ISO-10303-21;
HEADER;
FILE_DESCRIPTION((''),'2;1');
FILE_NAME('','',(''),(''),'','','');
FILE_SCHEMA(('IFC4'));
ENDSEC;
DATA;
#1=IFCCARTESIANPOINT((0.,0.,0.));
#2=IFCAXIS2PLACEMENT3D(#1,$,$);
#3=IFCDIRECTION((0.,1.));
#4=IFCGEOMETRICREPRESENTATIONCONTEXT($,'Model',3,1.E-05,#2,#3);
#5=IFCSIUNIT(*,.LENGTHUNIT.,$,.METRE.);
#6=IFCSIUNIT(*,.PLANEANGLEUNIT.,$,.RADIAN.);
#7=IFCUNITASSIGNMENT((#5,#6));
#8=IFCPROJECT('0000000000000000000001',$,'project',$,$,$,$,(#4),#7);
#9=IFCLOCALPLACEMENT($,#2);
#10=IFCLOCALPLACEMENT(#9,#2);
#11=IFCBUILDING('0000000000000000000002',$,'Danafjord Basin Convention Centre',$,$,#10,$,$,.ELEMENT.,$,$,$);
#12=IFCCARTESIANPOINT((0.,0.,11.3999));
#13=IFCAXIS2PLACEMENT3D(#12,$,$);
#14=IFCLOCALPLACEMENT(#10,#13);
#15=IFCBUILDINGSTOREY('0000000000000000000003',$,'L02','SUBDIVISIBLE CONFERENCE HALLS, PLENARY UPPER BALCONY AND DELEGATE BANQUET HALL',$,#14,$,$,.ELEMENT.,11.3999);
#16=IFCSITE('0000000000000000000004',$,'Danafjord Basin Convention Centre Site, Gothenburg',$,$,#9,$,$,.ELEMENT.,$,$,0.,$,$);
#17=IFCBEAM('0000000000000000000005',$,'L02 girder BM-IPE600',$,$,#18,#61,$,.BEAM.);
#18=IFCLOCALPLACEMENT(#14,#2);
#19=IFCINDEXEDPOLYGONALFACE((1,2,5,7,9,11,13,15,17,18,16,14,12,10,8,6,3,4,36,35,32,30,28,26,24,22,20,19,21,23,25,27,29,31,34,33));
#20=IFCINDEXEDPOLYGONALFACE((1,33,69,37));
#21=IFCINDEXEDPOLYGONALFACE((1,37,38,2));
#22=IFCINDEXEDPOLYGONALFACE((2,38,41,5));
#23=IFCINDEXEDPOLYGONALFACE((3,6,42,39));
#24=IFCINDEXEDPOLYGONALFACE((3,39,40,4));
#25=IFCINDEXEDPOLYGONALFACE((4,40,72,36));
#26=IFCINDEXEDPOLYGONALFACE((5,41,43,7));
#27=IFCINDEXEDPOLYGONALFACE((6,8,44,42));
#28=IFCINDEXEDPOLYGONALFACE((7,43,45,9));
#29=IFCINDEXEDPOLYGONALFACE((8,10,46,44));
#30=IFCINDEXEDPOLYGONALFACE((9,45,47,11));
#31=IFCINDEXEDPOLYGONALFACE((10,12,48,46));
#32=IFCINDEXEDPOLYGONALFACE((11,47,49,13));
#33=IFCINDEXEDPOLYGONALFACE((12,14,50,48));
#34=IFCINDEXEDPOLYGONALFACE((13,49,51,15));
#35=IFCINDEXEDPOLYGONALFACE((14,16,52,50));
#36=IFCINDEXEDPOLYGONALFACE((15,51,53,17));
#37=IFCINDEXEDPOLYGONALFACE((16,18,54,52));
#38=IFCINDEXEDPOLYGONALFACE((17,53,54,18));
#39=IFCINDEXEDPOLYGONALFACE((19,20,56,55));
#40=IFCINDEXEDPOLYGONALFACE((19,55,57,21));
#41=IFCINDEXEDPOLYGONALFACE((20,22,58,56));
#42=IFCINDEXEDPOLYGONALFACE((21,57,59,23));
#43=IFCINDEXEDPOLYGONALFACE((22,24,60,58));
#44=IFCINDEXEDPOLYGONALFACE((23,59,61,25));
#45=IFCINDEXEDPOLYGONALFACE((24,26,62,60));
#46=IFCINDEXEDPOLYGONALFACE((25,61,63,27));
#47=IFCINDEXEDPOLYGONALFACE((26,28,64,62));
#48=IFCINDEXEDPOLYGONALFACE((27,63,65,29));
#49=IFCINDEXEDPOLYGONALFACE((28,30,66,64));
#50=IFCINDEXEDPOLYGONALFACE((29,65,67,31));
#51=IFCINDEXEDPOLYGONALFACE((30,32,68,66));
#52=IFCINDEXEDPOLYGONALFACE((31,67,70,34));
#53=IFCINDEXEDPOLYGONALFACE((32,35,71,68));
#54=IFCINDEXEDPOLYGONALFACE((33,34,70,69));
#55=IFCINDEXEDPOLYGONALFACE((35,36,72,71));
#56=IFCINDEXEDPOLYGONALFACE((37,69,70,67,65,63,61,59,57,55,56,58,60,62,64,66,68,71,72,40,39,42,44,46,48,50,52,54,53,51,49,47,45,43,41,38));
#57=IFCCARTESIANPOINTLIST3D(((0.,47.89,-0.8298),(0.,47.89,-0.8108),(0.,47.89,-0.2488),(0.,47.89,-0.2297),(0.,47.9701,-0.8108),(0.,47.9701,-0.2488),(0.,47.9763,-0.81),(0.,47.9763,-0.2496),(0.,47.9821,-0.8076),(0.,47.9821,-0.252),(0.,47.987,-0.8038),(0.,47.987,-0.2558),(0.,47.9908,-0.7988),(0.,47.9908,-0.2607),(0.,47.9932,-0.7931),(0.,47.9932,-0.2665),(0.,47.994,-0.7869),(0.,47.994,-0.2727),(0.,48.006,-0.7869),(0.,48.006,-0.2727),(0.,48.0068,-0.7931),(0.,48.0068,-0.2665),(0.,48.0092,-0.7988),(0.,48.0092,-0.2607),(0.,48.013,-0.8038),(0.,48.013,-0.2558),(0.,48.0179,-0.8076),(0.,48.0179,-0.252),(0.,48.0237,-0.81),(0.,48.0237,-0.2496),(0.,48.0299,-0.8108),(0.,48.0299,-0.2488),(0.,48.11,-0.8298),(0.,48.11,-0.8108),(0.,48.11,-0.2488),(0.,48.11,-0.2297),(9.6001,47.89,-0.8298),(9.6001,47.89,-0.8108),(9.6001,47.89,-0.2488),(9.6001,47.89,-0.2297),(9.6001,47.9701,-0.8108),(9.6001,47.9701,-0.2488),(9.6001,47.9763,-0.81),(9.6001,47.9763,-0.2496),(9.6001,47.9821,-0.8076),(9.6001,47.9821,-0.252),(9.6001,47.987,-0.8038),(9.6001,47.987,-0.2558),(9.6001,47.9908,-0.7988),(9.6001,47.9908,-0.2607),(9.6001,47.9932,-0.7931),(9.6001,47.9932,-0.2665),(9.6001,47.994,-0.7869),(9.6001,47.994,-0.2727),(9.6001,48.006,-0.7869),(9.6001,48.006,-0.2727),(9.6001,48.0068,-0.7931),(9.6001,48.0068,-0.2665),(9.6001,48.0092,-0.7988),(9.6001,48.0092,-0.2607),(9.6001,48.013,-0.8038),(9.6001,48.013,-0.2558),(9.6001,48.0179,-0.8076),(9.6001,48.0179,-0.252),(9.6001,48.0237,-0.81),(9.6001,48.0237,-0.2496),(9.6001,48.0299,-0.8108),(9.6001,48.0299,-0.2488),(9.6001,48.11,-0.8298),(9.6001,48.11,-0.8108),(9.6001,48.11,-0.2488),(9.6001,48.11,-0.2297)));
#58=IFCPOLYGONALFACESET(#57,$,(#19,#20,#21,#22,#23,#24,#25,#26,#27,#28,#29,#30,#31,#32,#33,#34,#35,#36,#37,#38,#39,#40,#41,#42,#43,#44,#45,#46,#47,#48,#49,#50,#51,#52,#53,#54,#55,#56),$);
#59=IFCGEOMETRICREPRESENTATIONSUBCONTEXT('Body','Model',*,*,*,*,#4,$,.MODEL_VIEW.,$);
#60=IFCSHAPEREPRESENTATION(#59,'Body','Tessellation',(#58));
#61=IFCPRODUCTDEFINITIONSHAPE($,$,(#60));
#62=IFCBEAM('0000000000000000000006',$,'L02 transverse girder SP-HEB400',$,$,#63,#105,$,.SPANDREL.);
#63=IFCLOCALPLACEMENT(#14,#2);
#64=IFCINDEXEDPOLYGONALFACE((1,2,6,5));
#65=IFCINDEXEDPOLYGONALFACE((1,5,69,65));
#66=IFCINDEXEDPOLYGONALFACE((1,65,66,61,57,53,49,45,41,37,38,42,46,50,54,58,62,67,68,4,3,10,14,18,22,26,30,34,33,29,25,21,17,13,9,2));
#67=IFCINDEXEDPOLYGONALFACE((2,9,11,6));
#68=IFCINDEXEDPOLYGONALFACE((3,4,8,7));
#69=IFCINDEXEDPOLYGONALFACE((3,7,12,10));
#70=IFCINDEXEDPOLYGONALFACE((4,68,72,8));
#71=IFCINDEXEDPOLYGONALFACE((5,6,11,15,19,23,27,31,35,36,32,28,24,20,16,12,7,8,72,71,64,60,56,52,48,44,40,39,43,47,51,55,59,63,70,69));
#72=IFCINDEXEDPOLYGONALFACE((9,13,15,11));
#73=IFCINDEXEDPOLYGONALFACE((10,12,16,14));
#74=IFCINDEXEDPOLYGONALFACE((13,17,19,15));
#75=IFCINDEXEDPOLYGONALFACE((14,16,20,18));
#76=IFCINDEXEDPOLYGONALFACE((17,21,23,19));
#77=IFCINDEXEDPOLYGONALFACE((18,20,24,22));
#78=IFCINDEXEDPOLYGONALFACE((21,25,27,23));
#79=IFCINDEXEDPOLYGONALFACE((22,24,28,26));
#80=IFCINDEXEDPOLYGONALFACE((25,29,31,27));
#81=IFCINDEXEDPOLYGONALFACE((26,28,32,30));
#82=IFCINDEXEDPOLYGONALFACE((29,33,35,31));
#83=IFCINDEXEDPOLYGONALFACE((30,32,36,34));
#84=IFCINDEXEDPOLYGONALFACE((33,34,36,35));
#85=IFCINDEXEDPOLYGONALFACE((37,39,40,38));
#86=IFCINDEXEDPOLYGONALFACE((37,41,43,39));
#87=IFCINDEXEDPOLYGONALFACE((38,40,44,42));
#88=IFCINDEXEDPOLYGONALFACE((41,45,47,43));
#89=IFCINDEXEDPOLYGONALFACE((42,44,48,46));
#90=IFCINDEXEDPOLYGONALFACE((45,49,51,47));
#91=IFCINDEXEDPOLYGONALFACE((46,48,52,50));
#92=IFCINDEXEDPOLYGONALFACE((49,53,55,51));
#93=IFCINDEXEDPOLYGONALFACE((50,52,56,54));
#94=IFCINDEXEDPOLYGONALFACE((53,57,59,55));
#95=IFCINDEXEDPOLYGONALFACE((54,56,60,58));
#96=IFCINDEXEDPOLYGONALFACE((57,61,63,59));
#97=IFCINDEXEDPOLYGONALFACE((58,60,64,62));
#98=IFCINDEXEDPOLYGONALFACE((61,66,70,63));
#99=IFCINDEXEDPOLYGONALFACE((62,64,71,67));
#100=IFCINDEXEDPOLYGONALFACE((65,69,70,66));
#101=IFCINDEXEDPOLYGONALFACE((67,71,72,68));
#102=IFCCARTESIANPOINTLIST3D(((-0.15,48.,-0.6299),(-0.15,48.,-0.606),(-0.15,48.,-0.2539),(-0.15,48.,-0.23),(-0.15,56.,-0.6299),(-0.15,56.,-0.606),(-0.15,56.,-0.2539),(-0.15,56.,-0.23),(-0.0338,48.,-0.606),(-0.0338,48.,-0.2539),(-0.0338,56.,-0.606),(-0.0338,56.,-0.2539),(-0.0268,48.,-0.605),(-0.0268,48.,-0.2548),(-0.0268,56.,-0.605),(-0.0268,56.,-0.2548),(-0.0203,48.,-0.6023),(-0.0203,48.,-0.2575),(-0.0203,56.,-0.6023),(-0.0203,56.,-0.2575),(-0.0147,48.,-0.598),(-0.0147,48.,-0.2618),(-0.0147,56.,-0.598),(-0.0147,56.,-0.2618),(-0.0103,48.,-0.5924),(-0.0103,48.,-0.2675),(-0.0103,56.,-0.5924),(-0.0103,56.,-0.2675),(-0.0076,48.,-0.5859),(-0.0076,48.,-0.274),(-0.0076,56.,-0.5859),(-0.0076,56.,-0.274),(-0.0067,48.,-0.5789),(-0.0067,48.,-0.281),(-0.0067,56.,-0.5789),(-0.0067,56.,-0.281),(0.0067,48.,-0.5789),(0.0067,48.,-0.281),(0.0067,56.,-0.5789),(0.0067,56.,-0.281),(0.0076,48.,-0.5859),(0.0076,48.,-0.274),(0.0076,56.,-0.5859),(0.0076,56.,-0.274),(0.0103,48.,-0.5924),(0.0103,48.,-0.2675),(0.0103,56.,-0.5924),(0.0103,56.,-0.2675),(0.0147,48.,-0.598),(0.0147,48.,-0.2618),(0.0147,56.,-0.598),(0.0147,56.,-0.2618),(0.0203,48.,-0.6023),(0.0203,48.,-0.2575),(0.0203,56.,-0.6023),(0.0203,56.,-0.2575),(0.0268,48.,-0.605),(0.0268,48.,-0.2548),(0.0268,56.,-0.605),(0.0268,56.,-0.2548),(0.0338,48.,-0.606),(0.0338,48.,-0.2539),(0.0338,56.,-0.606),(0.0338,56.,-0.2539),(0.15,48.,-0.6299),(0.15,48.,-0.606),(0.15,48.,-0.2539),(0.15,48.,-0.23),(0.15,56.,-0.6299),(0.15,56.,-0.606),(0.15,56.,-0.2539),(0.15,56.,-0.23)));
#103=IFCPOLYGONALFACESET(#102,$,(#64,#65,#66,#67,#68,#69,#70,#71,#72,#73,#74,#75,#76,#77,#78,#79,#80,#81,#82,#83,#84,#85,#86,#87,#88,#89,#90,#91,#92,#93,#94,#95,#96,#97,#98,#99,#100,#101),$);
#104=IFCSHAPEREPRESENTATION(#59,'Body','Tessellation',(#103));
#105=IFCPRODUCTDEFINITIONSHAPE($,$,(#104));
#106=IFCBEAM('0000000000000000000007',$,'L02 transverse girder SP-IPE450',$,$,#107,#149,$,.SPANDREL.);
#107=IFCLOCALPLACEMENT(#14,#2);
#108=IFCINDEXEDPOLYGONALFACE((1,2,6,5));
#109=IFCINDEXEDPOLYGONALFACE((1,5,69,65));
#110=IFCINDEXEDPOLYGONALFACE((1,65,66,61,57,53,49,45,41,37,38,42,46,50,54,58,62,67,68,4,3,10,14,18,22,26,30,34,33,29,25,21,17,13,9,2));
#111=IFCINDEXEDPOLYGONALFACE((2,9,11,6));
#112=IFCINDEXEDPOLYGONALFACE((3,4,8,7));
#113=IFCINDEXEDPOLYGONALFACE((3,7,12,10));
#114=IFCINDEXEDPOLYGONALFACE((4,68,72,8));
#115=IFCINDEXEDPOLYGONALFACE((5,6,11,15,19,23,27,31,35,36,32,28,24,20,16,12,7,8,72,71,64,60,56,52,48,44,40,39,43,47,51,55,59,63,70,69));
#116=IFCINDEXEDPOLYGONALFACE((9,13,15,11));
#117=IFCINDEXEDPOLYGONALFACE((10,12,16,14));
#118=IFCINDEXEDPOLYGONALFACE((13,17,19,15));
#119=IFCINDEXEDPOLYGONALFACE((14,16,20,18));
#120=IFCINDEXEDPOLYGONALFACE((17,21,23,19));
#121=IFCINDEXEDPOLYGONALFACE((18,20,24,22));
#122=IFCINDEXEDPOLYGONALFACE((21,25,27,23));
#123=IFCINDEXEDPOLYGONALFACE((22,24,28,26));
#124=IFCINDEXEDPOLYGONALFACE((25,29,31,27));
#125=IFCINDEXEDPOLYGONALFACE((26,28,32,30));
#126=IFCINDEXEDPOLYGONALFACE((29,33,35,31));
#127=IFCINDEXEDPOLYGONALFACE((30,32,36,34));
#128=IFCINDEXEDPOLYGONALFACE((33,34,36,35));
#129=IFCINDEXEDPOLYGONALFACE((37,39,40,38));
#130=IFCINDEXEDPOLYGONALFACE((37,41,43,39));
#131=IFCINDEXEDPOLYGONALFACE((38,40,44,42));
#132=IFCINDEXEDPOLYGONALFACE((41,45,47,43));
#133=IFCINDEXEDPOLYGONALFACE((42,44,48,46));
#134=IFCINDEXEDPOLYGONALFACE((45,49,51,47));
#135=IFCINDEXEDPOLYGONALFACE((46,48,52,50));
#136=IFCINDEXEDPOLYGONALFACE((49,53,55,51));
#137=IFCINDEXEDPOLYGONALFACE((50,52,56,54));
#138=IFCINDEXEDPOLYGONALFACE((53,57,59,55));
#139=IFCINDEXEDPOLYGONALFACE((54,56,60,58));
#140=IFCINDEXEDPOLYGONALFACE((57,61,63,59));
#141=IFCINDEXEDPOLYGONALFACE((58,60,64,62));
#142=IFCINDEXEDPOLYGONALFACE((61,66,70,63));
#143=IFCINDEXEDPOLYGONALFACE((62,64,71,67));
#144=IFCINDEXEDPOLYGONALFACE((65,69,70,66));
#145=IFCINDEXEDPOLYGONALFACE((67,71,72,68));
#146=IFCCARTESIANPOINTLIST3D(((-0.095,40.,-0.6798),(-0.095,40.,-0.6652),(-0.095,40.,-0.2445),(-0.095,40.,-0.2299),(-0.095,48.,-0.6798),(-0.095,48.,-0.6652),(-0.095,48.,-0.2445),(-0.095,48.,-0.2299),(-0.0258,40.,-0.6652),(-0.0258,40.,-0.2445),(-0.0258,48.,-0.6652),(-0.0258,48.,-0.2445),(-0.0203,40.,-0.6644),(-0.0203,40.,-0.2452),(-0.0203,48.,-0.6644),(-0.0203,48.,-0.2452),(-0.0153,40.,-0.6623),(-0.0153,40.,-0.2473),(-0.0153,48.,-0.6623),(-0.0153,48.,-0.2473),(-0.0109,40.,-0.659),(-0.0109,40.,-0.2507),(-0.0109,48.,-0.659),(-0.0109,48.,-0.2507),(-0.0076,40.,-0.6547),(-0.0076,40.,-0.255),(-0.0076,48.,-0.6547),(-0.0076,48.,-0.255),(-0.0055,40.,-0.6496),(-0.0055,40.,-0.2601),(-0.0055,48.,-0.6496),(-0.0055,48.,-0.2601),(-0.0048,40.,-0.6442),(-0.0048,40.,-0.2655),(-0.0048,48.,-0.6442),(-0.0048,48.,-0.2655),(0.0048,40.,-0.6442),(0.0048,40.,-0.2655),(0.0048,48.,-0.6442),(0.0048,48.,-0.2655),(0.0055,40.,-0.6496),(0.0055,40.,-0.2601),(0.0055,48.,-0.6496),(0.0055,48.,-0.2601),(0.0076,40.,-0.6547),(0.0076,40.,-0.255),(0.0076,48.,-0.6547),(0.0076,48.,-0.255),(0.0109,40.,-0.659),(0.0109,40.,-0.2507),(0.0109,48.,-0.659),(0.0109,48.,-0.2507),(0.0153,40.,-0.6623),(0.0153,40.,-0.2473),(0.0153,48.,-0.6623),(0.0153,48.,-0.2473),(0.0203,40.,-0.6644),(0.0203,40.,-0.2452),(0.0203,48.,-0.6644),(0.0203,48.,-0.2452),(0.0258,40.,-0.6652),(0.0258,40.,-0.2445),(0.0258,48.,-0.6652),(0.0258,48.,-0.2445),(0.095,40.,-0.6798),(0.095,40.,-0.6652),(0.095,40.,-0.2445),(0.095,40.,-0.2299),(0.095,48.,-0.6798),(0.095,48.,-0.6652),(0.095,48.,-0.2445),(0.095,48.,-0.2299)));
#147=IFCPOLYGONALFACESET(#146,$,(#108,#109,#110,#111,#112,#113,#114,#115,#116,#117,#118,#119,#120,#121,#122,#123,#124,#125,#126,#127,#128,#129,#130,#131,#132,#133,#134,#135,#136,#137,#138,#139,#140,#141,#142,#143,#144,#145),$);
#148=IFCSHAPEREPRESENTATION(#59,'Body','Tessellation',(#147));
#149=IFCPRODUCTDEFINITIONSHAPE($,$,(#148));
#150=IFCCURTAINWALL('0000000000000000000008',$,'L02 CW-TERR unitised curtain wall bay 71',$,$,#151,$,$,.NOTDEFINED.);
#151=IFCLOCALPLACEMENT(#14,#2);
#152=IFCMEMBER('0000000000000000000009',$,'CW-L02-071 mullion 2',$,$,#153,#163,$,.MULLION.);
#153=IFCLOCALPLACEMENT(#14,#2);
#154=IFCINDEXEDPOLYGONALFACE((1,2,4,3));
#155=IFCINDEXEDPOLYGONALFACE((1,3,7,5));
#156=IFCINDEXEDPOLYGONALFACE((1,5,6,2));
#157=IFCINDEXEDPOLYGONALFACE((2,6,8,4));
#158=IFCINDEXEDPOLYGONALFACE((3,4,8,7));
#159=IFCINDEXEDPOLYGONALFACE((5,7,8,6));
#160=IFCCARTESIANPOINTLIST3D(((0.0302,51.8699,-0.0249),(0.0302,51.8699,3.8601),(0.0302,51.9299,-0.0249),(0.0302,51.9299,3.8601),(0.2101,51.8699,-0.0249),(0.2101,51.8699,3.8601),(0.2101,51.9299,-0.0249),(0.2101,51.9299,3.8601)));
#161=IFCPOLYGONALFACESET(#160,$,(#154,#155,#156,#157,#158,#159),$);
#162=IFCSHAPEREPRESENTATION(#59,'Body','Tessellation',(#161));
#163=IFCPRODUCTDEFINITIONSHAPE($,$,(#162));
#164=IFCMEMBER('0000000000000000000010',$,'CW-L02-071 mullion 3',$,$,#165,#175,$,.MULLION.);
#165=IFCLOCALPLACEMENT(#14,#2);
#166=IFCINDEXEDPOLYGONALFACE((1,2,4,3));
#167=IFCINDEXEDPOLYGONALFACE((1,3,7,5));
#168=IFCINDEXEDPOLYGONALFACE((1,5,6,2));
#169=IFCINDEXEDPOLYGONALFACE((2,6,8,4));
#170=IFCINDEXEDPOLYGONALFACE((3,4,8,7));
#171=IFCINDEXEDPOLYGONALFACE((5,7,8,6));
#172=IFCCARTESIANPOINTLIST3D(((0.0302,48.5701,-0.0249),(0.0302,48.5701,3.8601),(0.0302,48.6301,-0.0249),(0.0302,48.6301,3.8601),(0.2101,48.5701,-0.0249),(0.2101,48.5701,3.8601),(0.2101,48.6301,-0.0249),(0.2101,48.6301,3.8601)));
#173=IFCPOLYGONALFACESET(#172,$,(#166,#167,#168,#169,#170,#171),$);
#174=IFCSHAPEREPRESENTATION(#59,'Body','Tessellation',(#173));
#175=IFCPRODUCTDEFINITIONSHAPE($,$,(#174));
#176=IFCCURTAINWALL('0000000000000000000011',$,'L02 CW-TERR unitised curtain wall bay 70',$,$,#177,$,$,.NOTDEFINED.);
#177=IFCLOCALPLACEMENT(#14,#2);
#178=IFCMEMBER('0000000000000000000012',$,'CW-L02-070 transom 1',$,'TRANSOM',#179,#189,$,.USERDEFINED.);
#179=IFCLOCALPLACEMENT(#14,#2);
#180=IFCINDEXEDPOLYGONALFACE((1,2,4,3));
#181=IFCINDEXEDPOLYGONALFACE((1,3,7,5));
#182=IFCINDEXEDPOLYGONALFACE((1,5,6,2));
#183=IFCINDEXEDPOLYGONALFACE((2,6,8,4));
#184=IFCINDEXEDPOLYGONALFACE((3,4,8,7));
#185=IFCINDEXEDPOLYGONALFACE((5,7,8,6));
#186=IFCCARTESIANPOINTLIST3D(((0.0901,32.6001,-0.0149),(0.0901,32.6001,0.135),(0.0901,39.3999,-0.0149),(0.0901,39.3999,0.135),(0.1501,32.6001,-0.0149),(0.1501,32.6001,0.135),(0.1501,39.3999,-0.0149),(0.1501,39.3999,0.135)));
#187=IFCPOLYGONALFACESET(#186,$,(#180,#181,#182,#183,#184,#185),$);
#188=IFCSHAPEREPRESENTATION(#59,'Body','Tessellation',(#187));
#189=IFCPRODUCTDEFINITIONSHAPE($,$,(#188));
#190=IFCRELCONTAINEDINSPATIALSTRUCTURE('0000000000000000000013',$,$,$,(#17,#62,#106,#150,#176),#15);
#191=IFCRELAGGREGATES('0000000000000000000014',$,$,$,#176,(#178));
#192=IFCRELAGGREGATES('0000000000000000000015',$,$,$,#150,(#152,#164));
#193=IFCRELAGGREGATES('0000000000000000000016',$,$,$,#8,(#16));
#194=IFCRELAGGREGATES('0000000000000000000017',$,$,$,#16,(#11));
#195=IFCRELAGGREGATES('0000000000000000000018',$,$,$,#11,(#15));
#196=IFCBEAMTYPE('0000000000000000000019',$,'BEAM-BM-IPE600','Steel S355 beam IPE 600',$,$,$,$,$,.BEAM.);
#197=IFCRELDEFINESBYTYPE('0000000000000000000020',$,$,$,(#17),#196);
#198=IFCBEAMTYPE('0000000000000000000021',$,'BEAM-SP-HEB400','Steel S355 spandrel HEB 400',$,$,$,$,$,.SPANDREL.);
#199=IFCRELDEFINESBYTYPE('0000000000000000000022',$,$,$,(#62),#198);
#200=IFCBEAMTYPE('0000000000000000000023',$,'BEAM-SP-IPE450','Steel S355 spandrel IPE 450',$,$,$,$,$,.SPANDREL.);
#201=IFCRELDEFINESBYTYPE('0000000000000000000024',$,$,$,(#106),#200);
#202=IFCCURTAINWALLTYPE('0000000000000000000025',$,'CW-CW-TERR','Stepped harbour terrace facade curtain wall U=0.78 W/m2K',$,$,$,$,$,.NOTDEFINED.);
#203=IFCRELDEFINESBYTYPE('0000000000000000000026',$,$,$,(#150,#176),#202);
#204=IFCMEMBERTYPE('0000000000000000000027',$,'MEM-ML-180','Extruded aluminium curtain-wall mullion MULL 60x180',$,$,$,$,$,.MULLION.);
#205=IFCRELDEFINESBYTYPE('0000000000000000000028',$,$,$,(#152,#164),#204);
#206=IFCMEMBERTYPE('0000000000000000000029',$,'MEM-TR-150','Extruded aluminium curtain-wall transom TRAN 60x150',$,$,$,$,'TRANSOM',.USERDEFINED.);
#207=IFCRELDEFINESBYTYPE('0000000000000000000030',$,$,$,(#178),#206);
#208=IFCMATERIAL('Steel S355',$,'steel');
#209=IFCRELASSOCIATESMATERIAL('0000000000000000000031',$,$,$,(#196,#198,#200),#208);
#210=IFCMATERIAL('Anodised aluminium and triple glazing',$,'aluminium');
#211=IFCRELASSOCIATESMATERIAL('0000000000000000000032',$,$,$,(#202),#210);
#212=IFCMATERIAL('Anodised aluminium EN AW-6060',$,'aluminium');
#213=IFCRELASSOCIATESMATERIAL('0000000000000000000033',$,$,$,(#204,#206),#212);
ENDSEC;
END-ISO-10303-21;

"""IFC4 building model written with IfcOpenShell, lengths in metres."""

from ifc_helpers import new_model, si_unit, direction, frame, origin, origin_2d, place, context, subcontext, project, spatial, rectangle, i_section, extrude, material, material_profile, profile_set, type_object, element, aggregate, save


model = new_model("IFC4")

# Units and contexts
model_context = context("Model", 3, precision=1e-05, world=origin(), true_north=direction((0.0, 1.0)))
body_context = subcontext(model_context, "Body", "Model", "MODEL_VIEW")
ifc_project = project(units=[si_unit("LENGTHUNIT", "METRE"), si_unit("PLANEANGLEUNIT", "RADIAN")], contexts=[model_context])

# Site, building, storey
site_placement = place(None, origin())
site = spatial("IfcSite", under=ifc_project, at=site_placement, Name="Danafjord Basin Convention Centre Site, Gothenburg", CompositionType="ELEMENT", RefElevation=0.0)
building_placement = place(site_placement, origin())
building = spatial("IfcBuilding", under=site, at=building_placement, Name="Danafjord Basin Convention Centre", CompositionType="ELEMENT")
storey_placement = place(building_placement, frame((0.0, 0.0, 11.3999)))
storey = spatial("IfcBuildingStorey", under=building, at=storey_placement, Name="L02", Description="SUBDIVISIBLE CONFERENCE HALLS, PLENARY UPPER BALCONY AND DELEGATE BANQUET HALL", CompositionType="ELEMENT", Elevation=11.3999)

# Shared definitions
ifc_material_1 = material(Name="Steel S355", Category="steel")

# Beams
ifc_material_profile_1 = material_profile(ifc_material_1, i_section(OverallWidth=0.22, OverallDepth=0.6001, WebThickness=0.012, FlangeThickness=0.019, FilletRadius=0.0239, at=origin_2d()), Name="IPE 600")
ifc_profile_set_1 = profile_set([ifc_material_profile_1], Name="Steel S355")
beam_type_1 = type_object("IfcBeamType", Name="BEAM-BM-IPE600", Description="Steel S355 beam IPE 600", PredefinedType="BEAM", material=ifc_profile_set_1)
beam_1_placement = place(storey_placement, frame((0.0, 48.0, -0.5298), z_axis=(1.0, 0.0, 0.0), x_axis=(0.0, 1.0, 0.0)))
element("IfcBeam", 1, at=beam_1_placement, inside=storey, type_object=beam_type_1, Name="L02 girder BM-IPE600", PredefinedType="BEAM", context=body_context, shape_type="SweptSolid", body=[
    extrude(i_section(OverallWidth=0.22, OverallDepth=0.6001, WebThickness=0.012, FlangeThickness=0.019, FilletRadius=0.0239, at=origin_2d()), origin(), (0.0, 0.0, 1.0), 9.6001),
])
ifc_material_profile_2 = material_profile(ifc_material_1, i_section(OverallWidth=0.3, OverallDepth=0.3999, WebThickness=0.0134, FlangeThickness=0.0239, FilletRadius=0.0271, at=origin_2d()), Name="HEB 400")
ifc_profile_set_2 = profile_set([ifc_material_profile_2], Name="Steel S355")
beam_type_2 = type_object("IfcBeamType", Name="BEAM-SP-HEB400", Description="Steel S355 spandrel HEB 400", PredefinedType="SPANDREL", material=ifc_profile_set_2)
beam_2_placement = place(storey_placement, frame((0.0, 48.0, -0.4299), z_axis=(0.0, 1.0, 0.0), x_axis=(-1.0, 0.0, 0.0)))
element("IfcBeam", 2, at=beam_2_placement, inside=storey, type_object=beam_type_2, Name="L02 transverse girder SP-HEB400", PredefinedType="SPANDREL", context=body_context, shape_type="SweptSolid", body=[
    extrude(i_section(OverallWidth=0.3, OverallDepth=0.3999, WebThickness=0.0134, FlangeThickness=0.0239, FilletRadius=0.0271, at=origin_2d()), origin(), (0.0, 0.0, 1.0), 8.0),
])
ifc_material_profile_3 = material_profile(ifc_material_1, i_section(OverallWidth=0.1899, OverallDepth=0.45, WebThickness=0.0095, FlangeThickness=0.0146, FilletRadius=0.021, at=origin_2d()), Name="IPE 450")
ifc_profile_set_3 = profile_set([ifc_material_profile_3], Name="Steel S355")
beam_type_3 = type_object("IfcBeamType", Name="BEAM-SP-IPE450", Description="Steel S355 spandrel IPE 450", PredefinedType="SPANDREL", material=ifc_profile_set_3)
beam_3_placement = place(storey_placement, frame((0.0, 40.0, -0.4548), z_axis=(0.0, 1.0, 0.0), x_axis=(-1.0, 0.0, 0.0)))
element("IfcBeam", 3, at=beam_3_placement, inside=storey, type_object=beam_type_3, Name="L02 transverse girder SP-IPE450", PredefinedType="SPANDREL", context=body_context, shape_type="SweptSolid", body=[
    extrude(i_section(OverallWidth=0.1899, OverallDepth=0.45, WebThickness=0.0095, FlangeThickness=0.0146, FilletRadius=0.021, at=origin_2d()), origin(), (0.0, 0.0, 1.0), 8.0),
])

# Curtain walls, members
ifc_material_2 = material(Name="Anodised aluminium and triple glazing", Category="aluminium")
curtain_wall_type = type_object("IfcCurtainWallType", Name="CW-CW-TERR", Description="Stepped harbour terrace facade curtain wall U=0.78 W/m2K", PredefinedType="NOTDEFINED", material=ifc_material_2)
curtain_wall_1_placement = place(storey_placement, origin())
curtain_wall_1 = element("IfcCurtainWall", 4, at=curtain_wall_1_placement, inside=storey, type_object=curtain_wall_type, Name="L02 CW-TERR unitised curtain wall bay 71", PredefinedType="NOTDEFINED")
ifc_material_3 = material(Name="Anodised aluminium EN AW-6060", Category="aluminium")
ifc_material_profile_4 = material_profile(ifc_material_3, rectangle(XDim=0.0601, YDim=0.1799, at=origin_2d()), Name="MULL 60x180")
ifc_profile_set_4 = profile_set([ifc_material_profile_4], Name="Anodised aluminium EN AW-6060")
member_type_1 = type_object("IfcMemberType", Name="MEM-ML-180", Description="Extruded aluminium curtain-wall mullion MULL 60x180", PredefinedType="MULLION", material=ifc_profile_set_4)
member_1_placement = place(storey_placement, frame((0.1201, 51.8999, -0.0249), z_axis=(0.0, 0.0, 1.0), x_axis=(0.0, -1.0, 0.0)))
member_1 = element("IfcMember", 5, at=member_1_placement, type_object=member_type_1, Name="CW-L02-071 mullion 2", PredefinedType="MULLION", context=body_context, shape_type="SweptSolid", body=[
    extrude(rectangle(XDim=0.0601, YDim=0.1799, at=origin_2d()), origin(), (0.0, 0.0, 1.0), 3.885),
])
member_2_placement = place(storey_placement, frame((0.1201, 48.6001, -0.0249), z_axis=(0.0, 0.0, 1.0), x_axis=(0.0, -1.0, 0.0)))
member_2 = element("IfcMember", 6, at=member_2_placement, type_object=member_type_1, Name="CW-L02-071 mullion 3", PredefinedType="MULLION", context=body_context, shape_type="SweptSolid", body=[
    extrude(rectangle(XDim=0.0601, YDim=0.1799, at=origin_2d()), origin(), (0.0, 0.0, 1.0), 3.885),
])
curtain_wall_2_placement = place(storey_placement, origin())
curtain_wall_2 = element("IfcCurtainWall", 7, at=curtain_wall_2_placement, inside=storey, type_object=curtain_wall_type, Name="L02 CW-TERR unitised curtain wall bay 70", PredefinedType="NOTDEFINED")
ifc_material_profile_5 = material_profile(ifc_material_3, rectangle(XDim=0.0601, YDim=0.1499, at=origin_2d()), Name="TRAN 60x150")
ifc_profile_set_5 = profile_set([ifc_material_profile_5], Name="Anodised aluminium EN AW-6060")
member_type_2 = type_object("IfcMemberType", Name="MEM-TR-150", Description="Extruded aluminium curtain-wall transom TRAN 60x150", ElementType="TRANSOM", PredefinedType="USERDEFINED", material=ifc_profile_set_5)
member_3_placement = place(storey_placement, frame((0.1201, 39.3999, 0.0601), z_axis=(0.0, -1.0, 0.0), x_axis=(1.0, 0.0, 0.0)))
member_3 = element("IfcMember", 8, at=member_3_placement, type_object=member_type_2, Name="CW-L02-070 transom 1", ObjectType="TRANSOM", PredefinedType="USERDEFINED", context=body_context, shape_type="SweptSolid", body=[
    extrude(rectangle(XDim=0.0601, YDim=0.1499, at=origin_2d()), origin(), (0.0, 0.0, 1.0), 6.7998),
])
aggregate(curtain_wall_2, [member_3])

aggregate(curtain_wall_1, [member_1, member_2])

save(model, "model.ifc")
